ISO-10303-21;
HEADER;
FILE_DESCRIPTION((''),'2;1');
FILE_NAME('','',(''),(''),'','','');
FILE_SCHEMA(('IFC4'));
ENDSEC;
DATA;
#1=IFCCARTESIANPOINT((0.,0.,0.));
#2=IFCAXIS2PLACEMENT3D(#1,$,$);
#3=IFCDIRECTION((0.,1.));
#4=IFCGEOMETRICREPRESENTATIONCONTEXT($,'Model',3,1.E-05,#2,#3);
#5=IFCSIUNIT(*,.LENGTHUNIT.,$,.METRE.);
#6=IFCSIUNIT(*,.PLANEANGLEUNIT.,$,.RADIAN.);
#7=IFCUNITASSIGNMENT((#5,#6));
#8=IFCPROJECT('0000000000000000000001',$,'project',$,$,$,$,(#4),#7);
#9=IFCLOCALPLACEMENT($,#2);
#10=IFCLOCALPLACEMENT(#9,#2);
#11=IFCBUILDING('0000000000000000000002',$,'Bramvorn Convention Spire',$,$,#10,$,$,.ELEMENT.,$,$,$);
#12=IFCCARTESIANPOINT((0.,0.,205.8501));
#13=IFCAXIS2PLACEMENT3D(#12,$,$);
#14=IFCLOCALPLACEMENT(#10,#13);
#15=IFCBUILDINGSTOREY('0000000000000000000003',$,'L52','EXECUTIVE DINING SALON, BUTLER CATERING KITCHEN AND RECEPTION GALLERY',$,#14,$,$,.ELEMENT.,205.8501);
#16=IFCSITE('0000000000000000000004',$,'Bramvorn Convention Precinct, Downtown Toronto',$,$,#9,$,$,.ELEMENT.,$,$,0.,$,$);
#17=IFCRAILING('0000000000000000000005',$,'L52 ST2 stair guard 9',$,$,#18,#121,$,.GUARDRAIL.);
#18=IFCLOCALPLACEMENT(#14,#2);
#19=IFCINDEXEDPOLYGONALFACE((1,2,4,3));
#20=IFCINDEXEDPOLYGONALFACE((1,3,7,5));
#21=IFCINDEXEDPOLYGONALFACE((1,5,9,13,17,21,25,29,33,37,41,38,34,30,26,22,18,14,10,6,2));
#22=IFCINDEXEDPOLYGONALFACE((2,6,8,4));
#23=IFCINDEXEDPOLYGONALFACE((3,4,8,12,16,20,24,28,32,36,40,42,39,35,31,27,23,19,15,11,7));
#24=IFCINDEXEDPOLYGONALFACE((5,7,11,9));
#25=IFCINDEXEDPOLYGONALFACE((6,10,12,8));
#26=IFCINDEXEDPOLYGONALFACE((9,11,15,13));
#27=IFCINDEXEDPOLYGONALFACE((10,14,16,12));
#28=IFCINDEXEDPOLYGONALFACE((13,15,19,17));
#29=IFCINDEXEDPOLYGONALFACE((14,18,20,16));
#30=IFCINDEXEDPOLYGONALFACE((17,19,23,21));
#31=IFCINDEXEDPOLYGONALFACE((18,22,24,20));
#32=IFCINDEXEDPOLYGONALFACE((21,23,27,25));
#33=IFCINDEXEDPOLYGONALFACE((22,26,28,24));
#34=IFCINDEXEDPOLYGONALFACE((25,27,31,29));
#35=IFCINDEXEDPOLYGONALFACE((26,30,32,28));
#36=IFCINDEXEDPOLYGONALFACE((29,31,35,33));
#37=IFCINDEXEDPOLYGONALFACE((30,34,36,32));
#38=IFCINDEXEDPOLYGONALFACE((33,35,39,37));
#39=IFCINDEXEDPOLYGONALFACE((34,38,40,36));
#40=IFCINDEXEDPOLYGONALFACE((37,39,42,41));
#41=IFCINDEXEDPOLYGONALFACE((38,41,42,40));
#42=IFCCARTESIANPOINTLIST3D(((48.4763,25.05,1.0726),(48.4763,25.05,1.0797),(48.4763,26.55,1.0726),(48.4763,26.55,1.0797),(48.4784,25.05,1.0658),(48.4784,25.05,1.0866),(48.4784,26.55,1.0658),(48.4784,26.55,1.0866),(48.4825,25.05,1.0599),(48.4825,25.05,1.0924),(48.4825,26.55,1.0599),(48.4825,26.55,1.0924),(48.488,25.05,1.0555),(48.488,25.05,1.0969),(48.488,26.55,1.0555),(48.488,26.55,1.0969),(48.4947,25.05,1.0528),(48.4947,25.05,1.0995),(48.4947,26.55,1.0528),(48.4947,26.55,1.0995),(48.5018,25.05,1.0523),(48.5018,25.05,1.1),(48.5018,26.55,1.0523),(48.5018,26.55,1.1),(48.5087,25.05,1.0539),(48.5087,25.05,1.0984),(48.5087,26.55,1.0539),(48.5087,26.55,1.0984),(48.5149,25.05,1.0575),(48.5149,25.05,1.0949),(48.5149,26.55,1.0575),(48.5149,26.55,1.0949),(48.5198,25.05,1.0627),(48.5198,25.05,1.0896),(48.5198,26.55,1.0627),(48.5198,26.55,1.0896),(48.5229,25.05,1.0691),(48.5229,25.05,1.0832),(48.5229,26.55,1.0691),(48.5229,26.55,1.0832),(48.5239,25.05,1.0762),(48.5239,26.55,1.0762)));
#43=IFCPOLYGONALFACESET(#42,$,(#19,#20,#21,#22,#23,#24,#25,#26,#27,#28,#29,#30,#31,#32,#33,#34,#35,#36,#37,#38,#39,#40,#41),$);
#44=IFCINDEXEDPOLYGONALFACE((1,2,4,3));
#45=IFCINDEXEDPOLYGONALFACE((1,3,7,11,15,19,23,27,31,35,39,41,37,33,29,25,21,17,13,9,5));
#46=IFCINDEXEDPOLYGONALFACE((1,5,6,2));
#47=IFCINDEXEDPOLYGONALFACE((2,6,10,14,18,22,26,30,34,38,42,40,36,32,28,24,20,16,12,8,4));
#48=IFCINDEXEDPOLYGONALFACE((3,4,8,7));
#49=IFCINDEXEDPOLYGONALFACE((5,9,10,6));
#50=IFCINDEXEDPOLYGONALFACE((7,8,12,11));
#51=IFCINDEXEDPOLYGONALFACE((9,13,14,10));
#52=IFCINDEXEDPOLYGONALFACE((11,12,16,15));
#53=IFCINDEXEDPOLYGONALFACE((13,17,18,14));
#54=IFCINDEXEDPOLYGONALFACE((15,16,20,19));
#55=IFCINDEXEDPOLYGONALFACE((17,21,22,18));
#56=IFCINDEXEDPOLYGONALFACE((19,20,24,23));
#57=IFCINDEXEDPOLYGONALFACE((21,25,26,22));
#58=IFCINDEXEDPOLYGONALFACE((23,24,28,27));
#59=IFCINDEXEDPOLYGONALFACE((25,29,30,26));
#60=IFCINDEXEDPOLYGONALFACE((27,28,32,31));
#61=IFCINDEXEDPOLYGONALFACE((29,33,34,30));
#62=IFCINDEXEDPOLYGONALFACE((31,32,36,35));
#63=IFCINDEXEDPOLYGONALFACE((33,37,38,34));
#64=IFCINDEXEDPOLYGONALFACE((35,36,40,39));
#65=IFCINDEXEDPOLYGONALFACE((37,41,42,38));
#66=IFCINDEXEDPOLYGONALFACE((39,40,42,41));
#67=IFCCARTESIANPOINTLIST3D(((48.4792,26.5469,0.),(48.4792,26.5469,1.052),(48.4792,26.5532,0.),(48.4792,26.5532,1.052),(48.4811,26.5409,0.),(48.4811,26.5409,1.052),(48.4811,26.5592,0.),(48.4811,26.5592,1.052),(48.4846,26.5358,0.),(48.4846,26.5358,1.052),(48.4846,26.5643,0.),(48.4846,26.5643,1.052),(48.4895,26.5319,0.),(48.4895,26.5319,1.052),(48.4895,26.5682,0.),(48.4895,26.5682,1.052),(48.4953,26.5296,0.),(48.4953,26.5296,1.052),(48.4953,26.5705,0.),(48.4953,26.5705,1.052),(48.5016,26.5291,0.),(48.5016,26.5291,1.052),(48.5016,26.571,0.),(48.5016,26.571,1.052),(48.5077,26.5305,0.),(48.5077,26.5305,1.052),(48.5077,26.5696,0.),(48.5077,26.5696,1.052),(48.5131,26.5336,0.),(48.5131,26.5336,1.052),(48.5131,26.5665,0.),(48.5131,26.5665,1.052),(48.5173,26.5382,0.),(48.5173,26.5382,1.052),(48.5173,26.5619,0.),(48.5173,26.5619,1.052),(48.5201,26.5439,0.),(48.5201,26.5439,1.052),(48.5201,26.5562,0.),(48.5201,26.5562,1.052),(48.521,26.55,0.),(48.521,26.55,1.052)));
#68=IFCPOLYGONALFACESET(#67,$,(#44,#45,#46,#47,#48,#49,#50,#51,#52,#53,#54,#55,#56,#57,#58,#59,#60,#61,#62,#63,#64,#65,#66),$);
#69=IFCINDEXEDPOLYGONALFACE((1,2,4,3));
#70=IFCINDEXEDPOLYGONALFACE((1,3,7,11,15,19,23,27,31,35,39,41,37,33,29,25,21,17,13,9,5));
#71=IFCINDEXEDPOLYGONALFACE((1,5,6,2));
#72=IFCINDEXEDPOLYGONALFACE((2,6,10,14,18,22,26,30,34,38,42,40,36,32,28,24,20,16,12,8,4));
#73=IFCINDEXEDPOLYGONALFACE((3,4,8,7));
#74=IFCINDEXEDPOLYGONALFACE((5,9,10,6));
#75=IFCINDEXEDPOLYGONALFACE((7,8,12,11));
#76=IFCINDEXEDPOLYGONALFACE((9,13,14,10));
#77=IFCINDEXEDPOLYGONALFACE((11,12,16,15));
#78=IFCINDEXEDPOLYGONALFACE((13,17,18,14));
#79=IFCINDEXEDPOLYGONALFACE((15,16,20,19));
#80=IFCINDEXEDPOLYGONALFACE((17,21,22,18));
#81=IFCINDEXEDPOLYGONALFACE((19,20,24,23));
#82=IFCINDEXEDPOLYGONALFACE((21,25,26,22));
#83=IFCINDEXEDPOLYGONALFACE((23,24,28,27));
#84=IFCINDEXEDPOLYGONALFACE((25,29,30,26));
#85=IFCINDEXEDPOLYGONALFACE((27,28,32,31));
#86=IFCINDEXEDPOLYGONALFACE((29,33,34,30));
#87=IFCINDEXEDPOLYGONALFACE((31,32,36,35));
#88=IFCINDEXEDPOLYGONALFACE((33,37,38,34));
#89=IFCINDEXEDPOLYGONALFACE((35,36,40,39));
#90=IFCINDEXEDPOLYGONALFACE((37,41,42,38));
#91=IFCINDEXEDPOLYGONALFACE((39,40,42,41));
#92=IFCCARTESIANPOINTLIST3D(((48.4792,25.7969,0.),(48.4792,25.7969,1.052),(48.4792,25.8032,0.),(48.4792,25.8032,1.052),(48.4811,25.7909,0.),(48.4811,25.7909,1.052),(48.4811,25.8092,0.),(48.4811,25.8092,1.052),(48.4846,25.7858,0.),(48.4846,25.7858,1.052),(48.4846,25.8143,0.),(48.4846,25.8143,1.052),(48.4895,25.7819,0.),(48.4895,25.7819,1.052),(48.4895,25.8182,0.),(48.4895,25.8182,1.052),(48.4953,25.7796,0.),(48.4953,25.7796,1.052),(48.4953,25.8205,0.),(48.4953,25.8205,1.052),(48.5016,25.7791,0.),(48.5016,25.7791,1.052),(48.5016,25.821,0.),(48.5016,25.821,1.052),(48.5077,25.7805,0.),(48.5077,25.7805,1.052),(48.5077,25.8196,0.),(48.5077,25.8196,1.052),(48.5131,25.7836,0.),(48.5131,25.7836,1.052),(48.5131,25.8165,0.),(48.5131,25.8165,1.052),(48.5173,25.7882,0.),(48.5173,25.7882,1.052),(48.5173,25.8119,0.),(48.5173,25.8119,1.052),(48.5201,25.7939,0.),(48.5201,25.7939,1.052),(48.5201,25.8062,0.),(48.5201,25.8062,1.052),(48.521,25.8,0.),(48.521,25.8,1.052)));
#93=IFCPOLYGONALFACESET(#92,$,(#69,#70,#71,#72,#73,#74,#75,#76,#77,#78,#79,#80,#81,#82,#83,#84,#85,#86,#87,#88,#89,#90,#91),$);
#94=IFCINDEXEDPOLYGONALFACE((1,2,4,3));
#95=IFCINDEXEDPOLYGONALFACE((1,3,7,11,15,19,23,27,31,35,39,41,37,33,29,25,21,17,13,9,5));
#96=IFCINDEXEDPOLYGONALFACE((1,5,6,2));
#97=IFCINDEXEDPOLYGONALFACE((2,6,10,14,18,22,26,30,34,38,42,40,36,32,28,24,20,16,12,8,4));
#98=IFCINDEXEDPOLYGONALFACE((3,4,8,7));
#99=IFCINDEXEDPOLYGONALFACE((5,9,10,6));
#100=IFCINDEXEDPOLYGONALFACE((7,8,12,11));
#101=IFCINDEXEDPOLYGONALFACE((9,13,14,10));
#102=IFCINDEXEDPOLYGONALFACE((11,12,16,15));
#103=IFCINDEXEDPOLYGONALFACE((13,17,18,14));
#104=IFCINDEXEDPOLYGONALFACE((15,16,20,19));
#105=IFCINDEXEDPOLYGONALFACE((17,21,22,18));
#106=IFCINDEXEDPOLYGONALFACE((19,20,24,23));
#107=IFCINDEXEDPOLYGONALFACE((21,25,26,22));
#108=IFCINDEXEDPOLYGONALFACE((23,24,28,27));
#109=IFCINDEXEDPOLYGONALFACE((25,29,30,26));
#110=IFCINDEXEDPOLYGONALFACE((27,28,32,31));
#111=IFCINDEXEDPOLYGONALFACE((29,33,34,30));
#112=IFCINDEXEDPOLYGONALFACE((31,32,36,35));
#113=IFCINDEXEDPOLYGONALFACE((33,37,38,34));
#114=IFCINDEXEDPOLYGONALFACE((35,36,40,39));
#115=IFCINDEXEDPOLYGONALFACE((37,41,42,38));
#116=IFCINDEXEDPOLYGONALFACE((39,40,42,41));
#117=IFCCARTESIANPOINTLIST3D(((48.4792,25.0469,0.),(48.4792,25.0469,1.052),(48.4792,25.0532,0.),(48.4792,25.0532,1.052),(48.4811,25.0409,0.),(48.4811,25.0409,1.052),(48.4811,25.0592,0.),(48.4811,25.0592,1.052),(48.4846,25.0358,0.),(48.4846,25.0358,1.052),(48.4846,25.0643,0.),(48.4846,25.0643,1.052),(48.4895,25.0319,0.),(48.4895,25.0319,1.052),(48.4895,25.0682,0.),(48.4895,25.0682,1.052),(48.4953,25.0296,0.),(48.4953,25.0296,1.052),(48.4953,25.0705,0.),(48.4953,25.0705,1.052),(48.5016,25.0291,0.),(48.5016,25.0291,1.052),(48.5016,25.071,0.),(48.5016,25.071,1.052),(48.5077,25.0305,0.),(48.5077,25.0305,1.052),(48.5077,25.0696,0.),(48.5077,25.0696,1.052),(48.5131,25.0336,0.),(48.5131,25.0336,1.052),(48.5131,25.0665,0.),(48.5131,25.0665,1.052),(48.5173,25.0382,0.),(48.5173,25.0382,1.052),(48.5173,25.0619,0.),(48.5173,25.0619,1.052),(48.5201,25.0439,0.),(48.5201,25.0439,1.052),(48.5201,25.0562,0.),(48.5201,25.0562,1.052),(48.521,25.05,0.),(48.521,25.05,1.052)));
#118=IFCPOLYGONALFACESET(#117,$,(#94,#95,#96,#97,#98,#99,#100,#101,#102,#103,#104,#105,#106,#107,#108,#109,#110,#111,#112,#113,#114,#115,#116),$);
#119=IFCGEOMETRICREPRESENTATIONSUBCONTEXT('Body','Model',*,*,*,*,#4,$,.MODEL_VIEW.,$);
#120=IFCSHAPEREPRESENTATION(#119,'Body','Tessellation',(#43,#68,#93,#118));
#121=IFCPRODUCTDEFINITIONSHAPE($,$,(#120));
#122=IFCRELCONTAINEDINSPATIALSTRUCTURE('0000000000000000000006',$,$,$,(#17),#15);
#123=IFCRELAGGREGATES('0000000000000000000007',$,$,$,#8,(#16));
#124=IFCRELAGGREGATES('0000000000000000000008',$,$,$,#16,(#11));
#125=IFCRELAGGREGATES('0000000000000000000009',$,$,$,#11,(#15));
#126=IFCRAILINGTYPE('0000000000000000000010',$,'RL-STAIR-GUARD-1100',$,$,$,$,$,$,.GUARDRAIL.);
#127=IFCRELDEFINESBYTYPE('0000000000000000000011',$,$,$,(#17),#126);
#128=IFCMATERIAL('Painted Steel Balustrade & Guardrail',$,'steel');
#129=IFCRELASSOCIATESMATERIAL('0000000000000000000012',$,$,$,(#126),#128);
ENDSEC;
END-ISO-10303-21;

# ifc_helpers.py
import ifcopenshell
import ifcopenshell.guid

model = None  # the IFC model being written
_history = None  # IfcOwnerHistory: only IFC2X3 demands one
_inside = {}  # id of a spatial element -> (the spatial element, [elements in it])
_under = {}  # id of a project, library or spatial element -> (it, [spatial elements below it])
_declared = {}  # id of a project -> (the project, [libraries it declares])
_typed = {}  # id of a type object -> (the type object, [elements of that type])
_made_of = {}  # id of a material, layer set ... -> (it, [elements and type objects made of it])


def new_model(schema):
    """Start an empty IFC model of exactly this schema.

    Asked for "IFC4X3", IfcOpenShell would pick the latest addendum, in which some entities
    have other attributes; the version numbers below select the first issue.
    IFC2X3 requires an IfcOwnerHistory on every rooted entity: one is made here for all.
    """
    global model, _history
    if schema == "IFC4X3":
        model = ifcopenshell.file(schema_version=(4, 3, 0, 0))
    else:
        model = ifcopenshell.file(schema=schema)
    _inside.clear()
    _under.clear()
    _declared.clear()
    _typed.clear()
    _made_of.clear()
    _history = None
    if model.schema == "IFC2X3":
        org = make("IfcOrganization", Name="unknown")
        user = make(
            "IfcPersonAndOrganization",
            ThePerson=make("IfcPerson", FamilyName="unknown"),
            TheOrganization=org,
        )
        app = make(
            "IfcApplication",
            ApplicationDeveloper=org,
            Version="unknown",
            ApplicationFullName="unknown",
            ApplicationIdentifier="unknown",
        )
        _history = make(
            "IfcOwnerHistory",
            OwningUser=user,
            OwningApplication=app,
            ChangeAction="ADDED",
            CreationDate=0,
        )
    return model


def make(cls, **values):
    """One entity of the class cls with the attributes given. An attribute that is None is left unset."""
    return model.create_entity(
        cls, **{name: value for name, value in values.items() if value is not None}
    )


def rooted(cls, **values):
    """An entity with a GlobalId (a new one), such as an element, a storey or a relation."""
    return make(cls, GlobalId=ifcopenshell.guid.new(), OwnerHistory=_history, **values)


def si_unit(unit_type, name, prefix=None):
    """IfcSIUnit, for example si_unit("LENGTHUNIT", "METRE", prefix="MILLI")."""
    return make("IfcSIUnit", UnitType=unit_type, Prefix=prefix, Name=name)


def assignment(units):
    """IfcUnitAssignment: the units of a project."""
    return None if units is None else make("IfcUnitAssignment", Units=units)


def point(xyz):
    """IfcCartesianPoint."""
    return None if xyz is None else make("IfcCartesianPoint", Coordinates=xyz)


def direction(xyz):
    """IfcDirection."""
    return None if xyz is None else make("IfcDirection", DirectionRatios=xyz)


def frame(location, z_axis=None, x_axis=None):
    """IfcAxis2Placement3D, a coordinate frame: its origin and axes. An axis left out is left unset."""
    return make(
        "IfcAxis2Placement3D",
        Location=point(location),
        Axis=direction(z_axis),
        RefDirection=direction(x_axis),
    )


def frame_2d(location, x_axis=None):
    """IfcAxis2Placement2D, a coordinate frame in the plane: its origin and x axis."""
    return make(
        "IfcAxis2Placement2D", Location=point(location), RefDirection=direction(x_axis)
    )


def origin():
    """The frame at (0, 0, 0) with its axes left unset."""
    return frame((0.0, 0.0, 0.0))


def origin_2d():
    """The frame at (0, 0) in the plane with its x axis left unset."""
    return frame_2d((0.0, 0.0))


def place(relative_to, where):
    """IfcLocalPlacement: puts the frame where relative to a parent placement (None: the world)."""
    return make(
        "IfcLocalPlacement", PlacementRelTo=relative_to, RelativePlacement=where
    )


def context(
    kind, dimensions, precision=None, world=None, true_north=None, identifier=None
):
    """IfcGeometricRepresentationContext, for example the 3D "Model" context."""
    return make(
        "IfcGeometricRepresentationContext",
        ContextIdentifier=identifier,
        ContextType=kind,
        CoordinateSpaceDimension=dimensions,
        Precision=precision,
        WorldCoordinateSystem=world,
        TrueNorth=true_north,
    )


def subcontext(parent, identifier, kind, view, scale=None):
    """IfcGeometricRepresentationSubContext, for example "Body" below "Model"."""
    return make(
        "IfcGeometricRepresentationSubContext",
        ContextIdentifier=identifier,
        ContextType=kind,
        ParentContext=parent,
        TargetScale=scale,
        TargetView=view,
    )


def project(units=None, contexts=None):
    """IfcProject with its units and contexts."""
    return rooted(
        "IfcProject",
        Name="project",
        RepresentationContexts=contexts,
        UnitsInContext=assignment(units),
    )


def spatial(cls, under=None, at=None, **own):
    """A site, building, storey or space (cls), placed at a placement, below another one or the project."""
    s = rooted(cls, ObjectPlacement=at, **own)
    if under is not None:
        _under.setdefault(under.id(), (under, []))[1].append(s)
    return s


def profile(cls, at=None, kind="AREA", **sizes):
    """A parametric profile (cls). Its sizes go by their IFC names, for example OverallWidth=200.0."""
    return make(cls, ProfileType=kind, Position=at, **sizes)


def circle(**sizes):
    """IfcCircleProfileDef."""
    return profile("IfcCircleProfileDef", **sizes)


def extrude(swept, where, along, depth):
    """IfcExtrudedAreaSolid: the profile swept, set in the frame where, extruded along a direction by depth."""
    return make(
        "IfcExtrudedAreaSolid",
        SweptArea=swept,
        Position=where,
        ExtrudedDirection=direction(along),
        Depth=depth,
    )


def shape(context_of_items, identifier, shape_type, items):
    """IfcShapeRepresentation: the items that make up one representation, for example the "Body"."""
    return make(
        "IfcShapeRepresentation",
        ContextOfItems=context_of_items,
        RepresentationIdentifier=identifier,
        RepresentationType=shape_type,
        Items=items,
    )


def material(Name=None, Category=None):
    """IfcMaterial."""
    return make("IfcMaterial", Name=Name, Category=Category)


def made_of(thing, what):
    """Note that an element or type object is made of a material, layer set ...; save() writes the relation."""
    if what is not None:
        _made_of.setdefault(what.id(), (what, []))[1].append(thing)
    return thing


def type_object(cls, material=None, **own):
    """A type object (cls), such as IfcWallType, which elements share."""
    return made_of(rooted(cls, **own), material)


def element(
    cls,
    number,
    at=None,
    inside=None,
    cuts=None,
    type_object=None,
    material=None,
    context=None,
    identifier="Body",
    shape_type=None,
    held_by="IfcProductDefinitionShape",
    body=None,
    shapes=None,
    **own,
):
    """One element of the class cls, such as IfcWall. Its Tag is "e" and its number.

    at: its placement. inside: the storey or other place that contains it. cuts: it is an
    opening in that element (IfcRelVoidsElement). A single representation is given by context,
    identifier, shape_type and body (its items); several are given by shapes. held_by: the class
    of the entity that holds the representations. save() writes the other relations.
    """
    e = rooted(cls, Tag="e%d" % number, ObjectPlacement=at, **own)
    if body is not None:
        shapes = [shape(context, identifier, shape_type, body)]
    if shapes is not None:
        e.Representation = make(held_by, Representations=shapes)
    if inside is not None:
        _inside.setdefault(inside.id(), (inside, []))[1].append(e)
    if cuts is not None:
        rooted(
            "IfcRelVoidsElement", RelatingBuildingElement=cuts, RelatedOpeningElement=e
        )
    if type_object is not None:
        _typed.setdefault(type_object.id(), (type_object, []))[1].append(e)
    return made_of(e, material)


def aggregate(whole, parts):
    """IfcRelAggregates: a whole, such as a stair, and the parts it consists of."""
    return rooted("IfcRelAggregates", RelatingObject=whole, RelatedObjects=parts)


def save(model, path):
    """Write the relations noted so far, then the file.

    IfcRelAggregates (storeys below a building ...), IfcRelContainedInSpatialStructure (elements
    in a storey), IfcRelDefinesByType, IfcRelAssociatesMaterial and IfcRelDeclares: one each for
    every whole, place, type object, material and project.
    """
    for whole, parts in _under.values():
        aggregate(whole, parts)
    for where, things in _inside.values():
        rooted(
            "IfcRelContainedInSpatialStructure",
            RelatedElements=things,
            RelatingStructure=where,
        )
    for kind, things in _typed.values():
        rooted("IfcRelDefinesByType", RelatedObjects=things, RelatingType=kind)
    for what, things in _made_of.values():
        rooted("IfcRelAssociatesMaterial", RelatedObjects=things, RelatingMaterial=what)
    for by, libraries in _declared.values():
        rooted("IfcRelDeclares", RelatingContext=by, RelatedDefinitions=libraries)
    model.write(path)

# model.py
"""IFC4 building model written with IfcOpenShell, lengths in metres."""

from ifc_helpers import new_model, si_unit, direction, frame, origin, origin_2d, place, context, subcontext, project, spatial, circle, extrude, material, type_object, element, save


model = new_model("IFC4")

# Units and contexts
model_context = context("Model", 3, precision=1e-05, world=origin(), true_north=direction((0.0, 1.0)))
body_context = subcontext(model_context, "Body", "Model", "MODEL_VIEW")
ifc_project = project(units=[si_unit("LENGTHUNIT", "METRE"), si_unit("PLANEANGLEUNIT", "RADIAN")], contexts=[model_context])

# Site, building, storey
site_placement = place(None, origin())
site = spatial("IfcSite", under=ifc_project, at=site_placement, Name="Bramvorn Convention Precinct, Downtown Toronto", CompositionType="ELEMENT", RefElevation=0.0)
building_placement = place(site_placement, origin())
building = spatial("IfcBuilding", under=site, at=building_placement, Name="Bramvorn Convention Spire", CompositionType="ELEMENT")
storey_placement = place(building_placement, frame((0.0, 0.0, 205.8501)))
storey = spatial("IfcBuildingStorey", under=building, at=storey_placement, Name="L52", Description="EXECUTIVE DINING SALON, BUTLER CATERING KITCHEN AND RECEPTION GALLERY", CompositionType="ELEMENT", Elevation=205.8501)

# Railing
ifc_material_1 = material(Name="Painted Steel Balustrade & Guardrail", Category="steel")
railing_type_1 = type_object("IfcRailingType", Name="RL-STAIR-GUARD-1100", PredefinedType="GUARDRAIL", material=ifc_material_1)
for number, where, name in (
    (1, (48.5, 26.55, 0.0), "L52 ST2 stair guard 9"),
):
    element("IfcRailing", number, at=place(storey_placement, frame(where)), inside=storey, type_object=railing_type_1, Name=name, PredefinedType="GUARDRAIL", context=body_context, shape_type="SweptSolid", body=[
        extrude(circle(Radius=0.0239, at=origin_2d()), frame((0.0, 0.0, 1.0762), z_axis=(0.0, -1.0, 0.0), x_axis=(1.0, 0.0, 0.0)), (0.0, 0.0, 1.0), 1.5),
        extrude(circle(Radius=0.021, at=origin_2d()), origin(), (0.0, 0.0, 1.0), 1.052),
        extrude(circle(Radius=0.021, at=origin_2d()), frame((0.0, -0.75, 0.0)), (0.0, 0.0, 1.0), 1.052),
        extrude(circle(Radius=0.021, at=origin_2d()), frame((0.0, -1.5, 0.0)), (0.0, 0.0, 1.0), 1.052),
    ])

save(model, "model.ifc")
